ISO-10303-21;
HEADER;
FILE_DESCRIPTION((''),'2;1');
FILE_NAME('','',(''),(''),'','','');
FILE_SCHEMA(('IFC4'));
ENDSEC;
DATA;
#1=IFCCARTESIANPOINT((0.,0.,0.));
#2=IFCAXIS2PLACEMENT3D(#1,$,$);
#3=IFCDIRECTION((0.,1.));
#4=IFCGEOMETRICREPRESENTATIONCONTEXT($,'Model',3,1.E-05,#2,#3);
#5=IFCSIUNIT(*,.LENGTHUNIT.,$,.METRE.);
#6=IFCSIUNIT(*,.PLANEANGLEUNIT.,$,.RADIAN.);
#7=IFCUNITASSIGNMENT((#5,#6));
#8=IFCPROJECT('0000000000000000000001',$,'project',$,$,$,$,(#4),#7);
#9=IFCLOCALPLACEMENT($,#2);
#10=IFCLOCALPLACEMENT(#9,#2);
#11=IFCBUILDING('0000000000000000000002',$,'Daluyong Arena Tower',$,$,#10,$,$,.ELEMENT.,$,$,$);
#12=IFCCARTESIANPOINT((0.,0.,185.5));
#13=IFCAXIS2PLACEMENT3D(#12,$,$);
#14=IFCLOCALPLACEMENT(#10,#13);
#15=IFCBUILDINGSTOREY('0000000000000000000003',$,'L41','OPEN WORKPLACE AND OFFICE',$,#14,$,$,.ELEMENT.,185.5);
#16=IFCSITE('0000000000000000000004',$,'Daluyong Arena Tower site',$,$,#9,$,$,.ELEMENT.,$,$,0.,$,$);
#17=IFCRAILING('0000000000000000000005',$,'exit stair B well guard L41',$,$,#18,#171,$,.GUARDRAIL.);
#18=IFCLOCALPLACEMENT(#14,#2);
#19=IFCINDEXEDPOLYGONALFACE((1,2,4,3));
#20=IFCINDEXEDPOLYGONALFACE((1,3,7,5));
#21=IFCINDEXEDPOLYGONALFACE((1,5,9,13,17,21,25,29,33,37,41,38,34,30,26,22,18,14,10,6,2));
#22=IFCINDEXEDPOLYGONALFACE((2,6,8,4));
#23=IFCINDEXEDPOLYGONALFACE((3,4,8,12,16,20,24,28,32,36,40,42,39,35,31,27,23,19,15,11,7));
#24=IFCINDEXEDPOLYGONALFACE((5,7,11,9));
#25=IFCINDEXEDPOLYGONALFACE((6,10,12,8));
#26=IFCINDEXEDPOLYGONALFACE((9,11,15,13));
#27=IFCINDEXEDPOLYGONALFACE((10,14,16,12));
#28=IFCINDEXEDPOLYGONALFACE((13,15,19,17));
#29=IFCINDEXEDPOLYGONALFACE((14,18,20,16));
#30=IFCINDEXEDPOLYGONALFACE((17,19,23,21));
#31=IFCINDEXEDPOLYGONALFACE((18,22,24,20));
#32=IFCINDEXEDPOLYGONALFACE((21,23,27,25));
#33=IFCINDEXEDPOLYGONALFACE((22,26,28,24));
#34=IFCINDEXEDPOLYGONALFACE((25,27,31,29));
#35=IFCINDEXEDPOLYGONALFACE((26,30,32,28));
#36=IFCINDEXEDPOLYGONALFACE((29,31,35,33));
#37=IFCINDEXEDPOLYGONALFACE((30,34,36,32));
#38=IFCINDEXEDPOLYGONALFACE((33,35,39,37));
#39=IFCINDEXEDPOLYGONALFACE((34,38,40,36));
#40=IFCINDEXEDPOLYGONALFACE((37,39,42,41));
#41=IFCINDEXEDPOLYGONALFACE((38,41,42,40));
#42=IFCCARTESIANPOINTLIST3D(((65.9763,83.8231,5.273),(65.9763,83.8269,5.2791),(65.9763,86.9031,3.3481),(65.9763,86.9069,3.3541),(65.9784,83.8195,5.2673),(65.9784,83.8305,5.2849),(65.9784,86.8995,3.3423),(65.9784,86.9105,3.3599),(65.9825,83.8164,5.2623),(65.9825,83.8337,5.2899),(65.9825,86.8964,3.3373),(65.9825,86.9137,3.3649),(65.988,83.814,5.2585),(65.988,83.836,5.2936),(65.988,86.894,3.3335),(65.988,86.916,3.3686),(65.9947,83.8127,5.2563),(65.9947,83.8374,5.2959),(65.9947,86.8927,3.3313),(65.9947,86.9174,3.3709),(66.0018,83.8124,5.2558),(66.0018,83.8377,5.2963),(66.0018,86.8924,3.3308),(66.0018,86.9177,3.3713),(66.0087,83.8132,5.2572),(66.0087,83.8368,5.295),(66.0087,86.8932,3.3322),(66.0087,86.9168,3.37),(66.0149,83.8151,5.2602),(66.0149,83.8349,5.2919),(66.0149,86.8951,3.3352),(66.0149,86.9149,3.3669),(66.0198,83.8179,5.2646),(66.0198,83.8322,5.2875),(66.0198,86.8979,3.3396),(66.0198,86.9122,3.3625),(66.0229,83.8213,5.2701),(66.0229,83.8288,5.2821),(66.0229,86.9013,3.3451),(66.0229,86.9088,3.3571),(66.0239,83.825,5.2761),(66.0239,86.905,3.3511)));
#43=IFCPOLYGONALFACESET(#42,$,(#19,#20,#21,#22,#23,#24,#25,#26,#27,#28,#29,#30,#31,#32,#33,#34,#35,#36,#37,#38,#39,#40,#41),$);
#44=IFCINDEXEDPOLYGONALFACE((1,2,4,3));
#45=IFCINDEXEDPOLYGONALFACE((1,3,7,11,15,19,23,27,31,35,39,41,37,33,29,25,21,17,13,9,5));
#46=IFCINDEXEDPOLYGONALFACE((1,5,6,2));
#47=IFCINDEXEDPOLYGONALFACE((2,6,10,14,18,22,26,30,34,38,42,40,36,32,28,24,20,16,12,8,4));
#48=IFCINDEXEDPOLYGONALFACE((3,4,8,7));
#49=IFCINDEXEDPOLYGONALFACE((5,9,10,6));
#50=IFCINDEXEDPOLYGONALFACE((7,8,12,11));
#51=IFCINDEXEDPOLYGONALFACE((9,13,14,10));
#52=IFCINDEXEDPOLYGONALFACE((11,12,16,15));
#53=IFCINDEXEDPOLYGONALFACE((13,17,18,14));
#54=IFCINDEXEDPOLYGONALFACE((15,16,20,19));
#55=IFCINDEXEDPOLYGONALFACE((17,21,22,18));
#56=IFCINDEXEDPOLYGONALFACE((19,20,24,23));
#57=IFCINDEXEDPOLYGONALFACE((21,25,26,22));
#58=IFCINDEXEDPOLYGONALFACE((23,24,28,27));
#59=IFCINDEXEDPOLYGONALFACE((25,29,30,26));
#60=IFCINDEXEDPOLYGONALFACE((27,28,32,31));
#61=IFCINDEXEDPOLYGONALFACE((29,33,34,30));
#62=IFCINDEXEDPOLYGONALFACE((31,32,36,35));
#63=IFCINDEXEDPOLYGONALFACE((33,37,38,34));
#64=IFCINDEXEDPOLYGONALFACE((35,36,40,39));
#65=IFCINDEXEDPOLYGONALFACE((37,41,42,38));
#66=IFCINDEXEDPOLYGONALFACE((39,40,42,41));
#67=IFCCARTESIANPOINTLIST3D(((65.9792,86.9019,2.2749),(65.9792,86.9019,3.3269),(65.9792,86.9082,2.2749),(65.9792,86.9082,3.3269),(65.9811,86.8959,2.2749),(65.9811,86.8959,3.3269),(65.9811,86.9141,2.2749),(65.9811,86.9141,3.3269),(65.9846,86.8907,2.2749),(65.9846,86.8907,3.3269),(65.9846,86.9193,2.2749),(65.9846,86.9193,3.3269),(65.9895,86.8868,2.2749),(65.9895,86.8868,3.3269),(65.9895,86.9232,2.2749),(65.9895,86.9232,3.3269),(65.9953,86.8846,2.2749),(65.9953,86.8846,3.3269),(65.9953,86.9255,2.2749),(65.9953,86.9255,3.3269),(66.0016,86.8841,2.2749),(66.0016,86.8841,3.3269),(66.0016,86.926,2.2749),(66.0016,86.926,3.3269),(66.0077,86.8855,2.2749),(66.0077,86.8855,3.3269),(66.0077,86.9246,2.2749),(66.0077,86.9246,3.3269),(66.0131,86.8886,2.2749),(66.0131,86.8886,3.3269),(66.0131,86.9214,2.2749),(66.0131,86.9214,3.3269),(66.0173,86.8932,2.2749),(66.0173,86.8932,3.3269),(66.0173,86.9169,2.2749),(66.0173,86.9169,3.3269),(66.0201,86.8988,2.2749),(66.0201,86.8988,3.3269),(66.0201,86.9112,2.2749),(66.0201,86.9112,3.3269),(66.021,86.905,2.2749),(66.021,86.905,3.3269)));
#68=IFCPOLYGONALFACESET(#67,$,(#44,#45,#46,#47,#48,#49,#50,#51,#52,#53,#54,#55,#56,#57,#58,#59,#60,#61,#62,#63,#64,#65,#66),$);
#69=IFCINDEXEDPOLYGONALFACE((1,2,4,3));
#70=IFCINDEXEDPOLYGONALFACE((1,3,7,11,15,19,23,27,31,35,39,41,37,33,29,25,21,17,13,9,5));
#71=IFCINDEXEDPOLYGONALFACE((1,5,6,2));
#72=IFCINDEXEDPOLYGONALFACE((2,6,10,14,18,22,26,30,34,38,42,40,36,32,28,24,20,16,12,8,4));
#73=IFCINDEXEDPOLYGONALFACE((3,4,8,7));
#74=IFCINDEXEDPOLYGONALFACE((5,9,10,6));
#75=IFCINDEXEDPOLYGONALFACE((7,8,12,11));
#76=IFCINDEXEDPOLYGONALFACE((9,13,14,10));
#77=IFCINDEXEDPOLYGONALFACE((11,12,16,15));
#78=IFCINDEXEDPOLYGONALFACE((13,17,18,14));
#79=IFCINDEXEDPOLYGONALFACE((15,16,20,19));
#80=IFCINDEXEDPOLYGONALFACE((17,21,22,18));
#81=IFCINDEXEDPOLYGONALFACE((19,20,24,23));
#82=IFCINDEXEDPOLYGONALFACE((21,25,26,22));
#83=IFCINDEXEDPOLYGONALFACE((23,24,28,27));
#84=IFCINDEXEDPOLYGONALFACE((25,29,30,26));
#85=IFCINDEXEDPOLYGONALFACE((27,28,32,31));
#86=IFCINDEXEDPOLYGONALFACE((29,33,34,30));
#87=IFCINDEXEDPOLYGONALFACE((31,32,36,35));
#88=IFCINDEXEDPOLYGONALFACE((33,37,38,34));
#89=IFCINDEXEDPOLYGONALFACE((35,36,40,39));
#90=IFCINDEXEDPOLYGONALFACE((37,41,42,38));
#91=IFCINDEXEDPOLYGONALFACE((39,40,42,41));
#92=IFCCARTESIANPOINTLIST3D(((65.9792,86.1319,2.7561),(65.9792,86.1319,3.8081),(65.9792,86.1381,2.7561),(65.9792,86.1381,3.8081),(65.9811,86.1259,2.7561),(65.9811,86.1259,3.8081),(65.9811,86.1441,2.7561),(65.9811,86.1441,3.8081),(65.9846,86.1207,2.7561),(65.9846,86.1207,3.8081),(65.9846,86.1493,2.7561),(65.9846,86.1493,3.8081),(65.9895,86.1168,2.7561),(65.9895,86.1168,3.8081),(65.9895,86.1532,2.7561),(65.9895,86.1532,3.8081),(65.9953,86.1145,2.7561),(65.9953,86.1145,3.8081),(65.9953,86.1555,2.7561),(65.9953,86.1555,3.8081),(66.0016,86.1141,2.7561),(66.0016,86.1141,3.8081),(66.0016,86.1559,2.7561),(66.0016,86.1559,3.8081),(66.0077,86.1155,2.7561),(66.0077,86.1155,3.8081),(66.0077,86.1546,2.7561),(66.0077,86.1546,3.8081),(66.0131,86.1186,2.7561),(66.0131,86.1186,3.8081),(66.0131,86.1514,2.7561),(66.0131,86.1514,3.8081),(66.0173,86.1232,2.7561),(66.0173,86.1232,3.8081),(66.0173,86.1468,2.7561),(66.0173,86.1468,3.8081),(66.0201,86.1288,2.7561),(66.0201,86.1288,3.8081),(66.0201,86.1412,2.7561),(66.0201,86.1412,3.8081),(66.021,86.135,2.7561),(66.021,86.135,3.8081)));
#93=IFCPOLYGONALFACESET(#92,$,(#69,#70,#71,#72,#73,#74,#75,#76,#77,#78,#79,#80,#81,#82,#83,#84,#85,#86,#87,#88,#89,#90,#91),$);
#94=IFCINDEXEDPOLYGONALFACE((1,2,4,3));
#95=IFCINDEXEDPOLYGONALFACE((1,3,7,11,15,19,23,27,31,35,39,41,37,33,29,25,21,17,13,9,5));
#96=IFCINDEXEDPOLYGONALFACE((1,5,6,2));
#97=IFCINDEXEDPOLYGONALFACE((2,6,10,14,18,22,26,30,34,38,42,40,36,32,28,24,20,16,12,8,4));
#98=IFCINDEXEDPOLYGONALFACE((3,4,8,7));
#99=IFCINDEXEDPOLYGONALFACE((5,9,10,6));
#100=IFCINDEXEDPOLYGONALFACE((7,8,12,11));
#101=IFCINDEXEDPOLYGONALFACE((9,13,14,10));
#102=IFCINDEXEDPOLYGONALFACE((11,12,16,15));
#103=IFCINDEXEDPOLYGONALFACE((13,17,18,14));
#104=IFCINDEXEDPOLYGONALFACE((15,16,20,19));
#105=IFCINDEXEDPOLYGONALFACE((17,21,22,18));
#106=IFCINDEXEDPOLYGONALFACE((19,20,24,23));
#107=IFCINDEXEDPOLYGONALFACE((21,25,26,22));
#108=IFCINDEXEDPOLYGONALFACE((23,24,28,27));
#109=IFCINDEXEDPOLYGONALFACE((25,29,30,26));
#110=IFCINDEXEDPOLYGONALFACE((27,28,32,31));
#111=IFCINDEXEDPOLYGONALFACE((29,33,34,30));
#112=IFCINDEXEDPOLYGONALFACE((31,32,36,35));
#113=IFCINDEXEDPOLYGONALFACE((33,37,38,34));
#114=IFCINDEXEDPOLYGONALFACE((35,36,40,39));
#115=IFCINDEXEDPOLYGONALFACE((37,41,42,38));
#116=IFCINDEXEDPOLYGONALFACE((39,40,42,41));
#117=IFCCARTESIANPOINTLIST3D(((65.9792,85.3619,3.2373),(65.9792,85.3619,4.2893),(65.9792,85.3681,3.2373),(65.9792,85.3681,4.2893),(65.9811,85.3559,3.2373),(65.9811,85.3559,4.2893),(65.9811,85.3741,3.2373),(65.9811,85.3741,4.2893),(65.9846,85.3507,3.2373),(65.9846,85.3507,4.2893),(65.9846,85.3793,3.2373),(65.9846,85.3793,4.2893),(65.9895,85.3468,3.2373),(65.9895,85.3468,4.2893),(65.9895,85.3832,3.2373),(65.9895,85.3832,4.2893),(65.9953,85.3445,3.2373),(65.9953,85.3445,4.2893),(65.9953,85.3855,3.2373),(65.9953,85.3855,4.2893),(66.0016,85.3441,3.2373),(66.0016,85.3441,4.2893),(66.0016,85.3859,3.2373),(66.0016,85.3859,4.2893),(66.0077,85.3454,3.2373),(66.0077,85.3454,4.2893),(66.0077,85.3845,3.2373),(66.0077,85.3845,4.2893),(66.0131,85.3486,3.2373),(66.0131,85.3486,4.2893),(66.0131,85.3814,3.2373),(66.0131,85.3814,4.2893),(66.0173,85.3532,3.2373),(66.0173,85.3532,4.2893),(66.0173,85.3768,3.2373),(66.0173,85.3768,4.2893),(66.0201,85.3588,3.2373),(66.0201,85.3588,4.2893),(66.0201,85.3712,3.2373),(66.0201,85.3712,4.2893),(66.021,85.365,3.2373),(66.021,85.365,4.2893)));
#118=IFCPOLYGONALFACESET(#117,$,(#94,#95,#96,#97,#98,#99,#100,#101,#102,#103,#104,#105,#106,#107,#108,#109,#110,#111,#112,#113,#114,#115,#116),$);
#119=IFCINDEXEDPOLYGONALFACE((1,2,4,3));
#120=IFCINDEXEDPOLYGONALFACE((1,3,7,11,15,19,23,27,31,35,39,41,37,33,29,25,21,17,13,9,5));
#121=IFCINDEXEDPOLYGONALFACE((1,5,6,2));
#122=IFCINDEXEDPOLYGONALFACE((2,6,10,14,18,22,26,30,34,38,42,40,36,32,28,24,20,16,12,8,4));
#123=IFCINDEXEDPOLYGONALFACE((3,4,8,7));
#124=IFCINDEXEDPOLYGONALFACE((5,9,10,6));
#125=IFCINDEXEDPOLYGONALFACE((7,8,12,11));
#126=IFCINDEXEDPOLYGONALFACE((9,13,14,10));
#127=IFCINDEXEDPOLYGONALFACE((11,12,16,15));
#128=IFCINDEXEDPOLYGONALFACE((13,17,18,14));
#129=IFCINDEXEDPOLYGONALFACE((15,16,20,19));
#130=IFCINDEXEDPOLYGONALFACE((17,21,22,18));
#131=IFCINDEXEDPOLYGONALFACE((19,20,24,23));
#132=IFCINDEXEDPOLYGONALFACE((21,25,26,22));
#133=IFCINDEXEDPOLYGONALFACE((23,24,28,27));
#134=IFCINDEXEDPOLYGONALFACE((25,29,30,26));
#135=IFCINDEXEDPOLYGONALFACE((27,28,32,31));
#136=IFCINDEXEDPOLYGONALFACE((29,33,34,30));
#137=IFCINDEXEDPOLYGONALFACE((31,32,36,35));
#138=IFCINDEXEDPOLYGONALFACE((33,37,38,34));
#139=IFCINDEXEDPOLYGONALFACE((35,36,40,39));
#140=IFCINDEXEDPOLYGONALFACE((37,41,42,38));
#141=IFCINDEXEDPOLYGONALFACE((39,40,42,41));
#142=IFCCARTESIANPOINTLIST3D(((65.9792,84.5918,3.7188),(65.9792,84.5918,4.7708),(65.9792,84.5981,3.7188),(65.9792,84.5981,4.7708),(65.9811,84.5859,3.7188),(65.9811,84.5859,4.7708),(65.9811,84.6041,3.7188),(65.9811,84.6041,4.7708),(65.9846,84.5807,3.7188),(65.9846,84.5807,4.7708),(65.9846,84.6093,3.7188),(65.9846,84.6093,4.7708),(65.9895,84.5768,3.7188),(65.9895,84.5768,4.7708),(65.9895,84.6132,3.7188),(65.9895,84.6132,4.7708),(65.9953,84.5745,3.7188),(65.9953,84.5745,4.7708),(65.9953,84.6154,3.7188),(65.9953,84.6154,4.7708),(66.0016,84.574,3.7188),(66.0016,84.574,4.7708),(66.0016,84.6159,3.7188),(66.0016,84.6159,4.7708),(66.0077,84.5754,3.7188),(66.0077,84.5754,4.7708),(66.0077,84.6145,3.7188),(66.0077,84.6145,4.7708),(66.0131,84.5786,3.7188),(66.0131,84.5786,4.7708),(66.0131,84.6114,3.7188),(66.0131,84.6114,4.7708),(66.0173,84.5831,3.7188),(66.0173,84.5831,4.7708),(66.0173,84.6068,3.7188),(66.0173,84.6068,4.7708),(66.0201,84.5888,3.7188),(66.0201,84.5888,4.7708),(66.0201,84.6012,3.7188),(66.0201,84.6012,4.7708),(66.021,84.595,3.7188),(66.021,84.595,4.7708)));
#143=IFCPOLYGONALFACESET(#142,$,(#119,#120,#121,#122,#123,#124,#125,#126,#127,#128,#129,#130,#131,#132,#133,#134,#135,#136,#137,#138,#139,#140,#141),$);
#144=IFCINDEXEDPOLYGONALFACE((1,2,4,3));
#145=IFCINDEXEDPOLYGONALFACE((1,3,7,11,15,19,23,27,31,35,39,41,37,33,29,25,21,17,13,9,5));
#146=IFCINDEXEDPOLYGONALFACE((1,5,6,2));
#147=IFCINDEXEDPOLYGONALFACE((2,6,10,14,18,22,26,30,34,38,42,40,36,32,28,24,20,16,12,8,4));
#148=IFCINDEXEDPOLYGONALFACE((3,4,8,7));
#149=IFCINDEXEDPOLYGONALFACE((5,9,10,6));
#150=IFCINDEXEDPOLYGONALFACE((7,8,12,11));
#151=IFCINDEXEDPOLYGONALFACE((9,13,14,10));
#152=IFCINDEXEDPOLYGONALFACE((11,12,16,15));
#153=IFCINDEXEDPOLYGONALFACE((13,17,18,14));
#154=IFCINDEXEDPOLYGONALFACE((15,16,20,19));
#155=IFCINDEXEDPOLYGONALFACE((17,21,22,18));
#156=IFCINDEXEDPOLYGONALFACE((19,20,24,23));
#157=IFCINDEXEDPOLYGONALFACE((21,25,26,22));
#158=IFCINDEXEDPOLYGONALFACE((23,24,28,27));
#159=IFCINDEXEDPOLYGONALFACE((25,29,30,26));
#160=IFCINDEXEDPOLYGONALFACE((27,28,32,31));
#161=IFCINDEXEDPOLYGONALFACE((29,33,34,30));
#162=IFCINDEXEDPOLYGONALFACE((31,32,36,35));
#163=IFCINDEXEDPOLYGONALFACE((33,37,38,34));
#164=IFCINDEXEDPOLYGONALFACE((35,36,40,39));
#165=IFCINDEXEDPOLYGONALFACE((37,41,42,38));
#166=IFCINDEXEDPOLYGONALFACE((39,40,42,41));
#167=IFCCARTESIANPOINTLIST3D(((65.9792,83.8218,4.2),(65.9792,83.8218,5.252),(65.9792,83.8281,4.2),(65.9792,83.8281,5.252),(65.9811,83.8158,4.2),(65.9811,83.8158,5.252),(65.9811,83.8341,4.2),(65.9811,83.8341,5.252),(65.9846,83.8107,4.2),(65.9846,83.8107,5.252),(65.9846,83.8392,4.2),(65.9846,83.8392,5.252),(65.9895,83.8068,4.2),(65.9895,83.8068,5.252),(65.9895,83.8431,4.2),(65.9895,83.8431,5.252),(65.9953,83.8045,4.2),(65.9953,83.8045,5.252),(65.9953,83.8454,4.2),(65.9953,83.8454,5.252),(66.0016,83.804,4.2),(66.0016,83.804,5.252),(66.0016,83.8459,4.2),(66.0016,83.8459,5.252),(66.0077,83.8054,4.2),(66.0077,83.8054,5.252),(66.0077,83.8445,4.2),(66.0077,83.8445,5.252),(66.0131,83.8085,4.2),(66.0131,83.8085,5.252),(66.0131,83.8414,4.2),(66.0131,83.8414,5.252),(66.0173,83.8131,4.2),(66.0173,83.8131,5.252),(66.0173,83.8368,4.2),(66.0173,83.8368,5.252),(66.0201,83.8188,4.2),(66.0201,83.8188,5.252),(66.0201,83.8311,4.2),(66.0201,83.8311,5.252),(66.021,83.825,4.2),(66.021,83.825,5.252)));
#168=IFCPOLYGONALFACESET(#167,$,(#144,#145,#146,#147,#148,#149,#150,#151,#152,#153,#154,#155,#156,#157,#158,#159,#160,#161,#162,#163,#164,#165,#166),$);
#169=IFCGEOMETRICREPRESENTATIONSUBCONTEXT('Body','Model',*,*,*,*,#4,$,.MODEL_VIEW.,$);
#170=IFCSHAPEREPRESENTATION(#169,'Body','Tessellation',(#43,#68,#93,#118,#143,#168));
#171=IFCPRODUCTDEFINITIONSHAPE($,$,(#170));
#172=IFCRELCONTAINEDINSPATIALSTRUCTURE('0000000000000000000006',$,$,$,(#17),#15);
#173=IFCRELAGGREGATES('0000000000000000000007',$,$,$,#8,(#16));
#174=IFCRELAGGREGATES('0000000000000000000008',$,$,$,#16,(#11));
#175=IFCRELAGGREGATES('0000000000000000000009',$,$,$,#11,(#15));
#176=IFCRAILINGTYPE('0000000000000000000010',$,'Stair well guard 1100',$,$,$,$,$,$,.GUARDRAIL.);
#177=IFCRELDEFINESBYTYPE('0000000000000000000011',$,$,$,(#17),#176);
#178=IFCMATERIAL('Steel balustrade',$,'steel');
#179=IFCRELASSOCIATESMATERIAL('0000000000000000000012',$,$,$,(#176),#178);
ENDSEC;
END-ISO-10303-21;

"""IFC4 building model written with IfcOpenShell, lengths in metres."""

from ifc_helpers import new_model, si_unit, direction, frame, origin, origin_2d, place, context, subcontext, project, spatial, circle, extrude, material, type_object, element, save


model = new_model("IFC4")

# Units and contexts
model_context = context("Model", 3, precision=1e-05, world=origin(), true_north=direction((0.0, 1.0)))
body_context = subcontext(model_context, "Body", "Model", "MODEL_VIEW")
ifc_project = project(units=[si_unit("LENGTHUNIT", "METRE"), si_unit("PLANEANGLEUNIT", "RADIAN")], contexts=[model_context])

# Site, building, storey
site_placement = place(None, origin())
site = spatial("IfcSite", under=ifc_project, at=site_placement, Name="Daluyong Arena Tower site", CompositionType="ELEMENT", RefElevation=0.0)
building_placement = place(site_placement, origin())
building = spatial("IfcBuilding", under=site, at=building_placement, Name="Daluyong Arena Tower", CompositionType="ELEMENT")
storey_placement = place(building_placement, frame((0.0, 0.0, 185.5)))
storey = spatial("IfcBuildingStorey", under=building, at=storey_placement, Name="L41", Description="OPEN WORKPLACE AND OFFICE", CompositionType="ELEMENT", Elevation=185.5)

# Railing
ifc_material_1 = material(Name="Steel balustrade", Category="steel")
railing_type_1 = type_object("IfcRailingType", Name="Stair well guard 1100", PredefinedType="GUARDRAIL", material=ifc_material_1)
railing_1_placement = place(storey_placement, frame((66.0, 86.905, 2.2749)))
element("IfcRailing", 1, at=railing_1_placement, inside=storey, type_object=railing_type_1, Name="exit stair B well guard L41", PredefinedType="GUARDRAIL", context=body_context, shape_type="SweptSolid", body=[
    extrude(circle(Radius=0.0239, at=origin_2d()), frame((0.0, 0.0, 1.0762), z_axis=(0.0, -0.847998, 0.529999), x_axis=(1.0, 0.0, 0.0)), (0.0, 0.0, 1.0), 3.6321),
    extrude(circle(Radius=0.021, at=origin_2d()), origin(), (0.0, 0.0, 1.0), 1.052),
    extrude(circle(Radius=0.021, at=origin_2d()), frame((0.0, -0.77, 0.4812)), (0.0, 0.0, 1.0), 1.052),
    extrude(circle(Radius=0.021, at=origin_2d()), frame((0.0, -1.54, 0.9624)), (0.0, 0.0, 1.0), 1.052),
    extrude(circle(Radius=0.021, at=origin_2d()), frame((0.0, -2.3101, 1.4438)), (0.0, 0.0, 1.0), 1.052),
    extrude(circle(Radius=0.021, at=origin_2d()), frame((0.0, -3.0801, 1.925)), (0.0, 0.0, 1.0), 1.052),
])

save(model, "model.ifc")
